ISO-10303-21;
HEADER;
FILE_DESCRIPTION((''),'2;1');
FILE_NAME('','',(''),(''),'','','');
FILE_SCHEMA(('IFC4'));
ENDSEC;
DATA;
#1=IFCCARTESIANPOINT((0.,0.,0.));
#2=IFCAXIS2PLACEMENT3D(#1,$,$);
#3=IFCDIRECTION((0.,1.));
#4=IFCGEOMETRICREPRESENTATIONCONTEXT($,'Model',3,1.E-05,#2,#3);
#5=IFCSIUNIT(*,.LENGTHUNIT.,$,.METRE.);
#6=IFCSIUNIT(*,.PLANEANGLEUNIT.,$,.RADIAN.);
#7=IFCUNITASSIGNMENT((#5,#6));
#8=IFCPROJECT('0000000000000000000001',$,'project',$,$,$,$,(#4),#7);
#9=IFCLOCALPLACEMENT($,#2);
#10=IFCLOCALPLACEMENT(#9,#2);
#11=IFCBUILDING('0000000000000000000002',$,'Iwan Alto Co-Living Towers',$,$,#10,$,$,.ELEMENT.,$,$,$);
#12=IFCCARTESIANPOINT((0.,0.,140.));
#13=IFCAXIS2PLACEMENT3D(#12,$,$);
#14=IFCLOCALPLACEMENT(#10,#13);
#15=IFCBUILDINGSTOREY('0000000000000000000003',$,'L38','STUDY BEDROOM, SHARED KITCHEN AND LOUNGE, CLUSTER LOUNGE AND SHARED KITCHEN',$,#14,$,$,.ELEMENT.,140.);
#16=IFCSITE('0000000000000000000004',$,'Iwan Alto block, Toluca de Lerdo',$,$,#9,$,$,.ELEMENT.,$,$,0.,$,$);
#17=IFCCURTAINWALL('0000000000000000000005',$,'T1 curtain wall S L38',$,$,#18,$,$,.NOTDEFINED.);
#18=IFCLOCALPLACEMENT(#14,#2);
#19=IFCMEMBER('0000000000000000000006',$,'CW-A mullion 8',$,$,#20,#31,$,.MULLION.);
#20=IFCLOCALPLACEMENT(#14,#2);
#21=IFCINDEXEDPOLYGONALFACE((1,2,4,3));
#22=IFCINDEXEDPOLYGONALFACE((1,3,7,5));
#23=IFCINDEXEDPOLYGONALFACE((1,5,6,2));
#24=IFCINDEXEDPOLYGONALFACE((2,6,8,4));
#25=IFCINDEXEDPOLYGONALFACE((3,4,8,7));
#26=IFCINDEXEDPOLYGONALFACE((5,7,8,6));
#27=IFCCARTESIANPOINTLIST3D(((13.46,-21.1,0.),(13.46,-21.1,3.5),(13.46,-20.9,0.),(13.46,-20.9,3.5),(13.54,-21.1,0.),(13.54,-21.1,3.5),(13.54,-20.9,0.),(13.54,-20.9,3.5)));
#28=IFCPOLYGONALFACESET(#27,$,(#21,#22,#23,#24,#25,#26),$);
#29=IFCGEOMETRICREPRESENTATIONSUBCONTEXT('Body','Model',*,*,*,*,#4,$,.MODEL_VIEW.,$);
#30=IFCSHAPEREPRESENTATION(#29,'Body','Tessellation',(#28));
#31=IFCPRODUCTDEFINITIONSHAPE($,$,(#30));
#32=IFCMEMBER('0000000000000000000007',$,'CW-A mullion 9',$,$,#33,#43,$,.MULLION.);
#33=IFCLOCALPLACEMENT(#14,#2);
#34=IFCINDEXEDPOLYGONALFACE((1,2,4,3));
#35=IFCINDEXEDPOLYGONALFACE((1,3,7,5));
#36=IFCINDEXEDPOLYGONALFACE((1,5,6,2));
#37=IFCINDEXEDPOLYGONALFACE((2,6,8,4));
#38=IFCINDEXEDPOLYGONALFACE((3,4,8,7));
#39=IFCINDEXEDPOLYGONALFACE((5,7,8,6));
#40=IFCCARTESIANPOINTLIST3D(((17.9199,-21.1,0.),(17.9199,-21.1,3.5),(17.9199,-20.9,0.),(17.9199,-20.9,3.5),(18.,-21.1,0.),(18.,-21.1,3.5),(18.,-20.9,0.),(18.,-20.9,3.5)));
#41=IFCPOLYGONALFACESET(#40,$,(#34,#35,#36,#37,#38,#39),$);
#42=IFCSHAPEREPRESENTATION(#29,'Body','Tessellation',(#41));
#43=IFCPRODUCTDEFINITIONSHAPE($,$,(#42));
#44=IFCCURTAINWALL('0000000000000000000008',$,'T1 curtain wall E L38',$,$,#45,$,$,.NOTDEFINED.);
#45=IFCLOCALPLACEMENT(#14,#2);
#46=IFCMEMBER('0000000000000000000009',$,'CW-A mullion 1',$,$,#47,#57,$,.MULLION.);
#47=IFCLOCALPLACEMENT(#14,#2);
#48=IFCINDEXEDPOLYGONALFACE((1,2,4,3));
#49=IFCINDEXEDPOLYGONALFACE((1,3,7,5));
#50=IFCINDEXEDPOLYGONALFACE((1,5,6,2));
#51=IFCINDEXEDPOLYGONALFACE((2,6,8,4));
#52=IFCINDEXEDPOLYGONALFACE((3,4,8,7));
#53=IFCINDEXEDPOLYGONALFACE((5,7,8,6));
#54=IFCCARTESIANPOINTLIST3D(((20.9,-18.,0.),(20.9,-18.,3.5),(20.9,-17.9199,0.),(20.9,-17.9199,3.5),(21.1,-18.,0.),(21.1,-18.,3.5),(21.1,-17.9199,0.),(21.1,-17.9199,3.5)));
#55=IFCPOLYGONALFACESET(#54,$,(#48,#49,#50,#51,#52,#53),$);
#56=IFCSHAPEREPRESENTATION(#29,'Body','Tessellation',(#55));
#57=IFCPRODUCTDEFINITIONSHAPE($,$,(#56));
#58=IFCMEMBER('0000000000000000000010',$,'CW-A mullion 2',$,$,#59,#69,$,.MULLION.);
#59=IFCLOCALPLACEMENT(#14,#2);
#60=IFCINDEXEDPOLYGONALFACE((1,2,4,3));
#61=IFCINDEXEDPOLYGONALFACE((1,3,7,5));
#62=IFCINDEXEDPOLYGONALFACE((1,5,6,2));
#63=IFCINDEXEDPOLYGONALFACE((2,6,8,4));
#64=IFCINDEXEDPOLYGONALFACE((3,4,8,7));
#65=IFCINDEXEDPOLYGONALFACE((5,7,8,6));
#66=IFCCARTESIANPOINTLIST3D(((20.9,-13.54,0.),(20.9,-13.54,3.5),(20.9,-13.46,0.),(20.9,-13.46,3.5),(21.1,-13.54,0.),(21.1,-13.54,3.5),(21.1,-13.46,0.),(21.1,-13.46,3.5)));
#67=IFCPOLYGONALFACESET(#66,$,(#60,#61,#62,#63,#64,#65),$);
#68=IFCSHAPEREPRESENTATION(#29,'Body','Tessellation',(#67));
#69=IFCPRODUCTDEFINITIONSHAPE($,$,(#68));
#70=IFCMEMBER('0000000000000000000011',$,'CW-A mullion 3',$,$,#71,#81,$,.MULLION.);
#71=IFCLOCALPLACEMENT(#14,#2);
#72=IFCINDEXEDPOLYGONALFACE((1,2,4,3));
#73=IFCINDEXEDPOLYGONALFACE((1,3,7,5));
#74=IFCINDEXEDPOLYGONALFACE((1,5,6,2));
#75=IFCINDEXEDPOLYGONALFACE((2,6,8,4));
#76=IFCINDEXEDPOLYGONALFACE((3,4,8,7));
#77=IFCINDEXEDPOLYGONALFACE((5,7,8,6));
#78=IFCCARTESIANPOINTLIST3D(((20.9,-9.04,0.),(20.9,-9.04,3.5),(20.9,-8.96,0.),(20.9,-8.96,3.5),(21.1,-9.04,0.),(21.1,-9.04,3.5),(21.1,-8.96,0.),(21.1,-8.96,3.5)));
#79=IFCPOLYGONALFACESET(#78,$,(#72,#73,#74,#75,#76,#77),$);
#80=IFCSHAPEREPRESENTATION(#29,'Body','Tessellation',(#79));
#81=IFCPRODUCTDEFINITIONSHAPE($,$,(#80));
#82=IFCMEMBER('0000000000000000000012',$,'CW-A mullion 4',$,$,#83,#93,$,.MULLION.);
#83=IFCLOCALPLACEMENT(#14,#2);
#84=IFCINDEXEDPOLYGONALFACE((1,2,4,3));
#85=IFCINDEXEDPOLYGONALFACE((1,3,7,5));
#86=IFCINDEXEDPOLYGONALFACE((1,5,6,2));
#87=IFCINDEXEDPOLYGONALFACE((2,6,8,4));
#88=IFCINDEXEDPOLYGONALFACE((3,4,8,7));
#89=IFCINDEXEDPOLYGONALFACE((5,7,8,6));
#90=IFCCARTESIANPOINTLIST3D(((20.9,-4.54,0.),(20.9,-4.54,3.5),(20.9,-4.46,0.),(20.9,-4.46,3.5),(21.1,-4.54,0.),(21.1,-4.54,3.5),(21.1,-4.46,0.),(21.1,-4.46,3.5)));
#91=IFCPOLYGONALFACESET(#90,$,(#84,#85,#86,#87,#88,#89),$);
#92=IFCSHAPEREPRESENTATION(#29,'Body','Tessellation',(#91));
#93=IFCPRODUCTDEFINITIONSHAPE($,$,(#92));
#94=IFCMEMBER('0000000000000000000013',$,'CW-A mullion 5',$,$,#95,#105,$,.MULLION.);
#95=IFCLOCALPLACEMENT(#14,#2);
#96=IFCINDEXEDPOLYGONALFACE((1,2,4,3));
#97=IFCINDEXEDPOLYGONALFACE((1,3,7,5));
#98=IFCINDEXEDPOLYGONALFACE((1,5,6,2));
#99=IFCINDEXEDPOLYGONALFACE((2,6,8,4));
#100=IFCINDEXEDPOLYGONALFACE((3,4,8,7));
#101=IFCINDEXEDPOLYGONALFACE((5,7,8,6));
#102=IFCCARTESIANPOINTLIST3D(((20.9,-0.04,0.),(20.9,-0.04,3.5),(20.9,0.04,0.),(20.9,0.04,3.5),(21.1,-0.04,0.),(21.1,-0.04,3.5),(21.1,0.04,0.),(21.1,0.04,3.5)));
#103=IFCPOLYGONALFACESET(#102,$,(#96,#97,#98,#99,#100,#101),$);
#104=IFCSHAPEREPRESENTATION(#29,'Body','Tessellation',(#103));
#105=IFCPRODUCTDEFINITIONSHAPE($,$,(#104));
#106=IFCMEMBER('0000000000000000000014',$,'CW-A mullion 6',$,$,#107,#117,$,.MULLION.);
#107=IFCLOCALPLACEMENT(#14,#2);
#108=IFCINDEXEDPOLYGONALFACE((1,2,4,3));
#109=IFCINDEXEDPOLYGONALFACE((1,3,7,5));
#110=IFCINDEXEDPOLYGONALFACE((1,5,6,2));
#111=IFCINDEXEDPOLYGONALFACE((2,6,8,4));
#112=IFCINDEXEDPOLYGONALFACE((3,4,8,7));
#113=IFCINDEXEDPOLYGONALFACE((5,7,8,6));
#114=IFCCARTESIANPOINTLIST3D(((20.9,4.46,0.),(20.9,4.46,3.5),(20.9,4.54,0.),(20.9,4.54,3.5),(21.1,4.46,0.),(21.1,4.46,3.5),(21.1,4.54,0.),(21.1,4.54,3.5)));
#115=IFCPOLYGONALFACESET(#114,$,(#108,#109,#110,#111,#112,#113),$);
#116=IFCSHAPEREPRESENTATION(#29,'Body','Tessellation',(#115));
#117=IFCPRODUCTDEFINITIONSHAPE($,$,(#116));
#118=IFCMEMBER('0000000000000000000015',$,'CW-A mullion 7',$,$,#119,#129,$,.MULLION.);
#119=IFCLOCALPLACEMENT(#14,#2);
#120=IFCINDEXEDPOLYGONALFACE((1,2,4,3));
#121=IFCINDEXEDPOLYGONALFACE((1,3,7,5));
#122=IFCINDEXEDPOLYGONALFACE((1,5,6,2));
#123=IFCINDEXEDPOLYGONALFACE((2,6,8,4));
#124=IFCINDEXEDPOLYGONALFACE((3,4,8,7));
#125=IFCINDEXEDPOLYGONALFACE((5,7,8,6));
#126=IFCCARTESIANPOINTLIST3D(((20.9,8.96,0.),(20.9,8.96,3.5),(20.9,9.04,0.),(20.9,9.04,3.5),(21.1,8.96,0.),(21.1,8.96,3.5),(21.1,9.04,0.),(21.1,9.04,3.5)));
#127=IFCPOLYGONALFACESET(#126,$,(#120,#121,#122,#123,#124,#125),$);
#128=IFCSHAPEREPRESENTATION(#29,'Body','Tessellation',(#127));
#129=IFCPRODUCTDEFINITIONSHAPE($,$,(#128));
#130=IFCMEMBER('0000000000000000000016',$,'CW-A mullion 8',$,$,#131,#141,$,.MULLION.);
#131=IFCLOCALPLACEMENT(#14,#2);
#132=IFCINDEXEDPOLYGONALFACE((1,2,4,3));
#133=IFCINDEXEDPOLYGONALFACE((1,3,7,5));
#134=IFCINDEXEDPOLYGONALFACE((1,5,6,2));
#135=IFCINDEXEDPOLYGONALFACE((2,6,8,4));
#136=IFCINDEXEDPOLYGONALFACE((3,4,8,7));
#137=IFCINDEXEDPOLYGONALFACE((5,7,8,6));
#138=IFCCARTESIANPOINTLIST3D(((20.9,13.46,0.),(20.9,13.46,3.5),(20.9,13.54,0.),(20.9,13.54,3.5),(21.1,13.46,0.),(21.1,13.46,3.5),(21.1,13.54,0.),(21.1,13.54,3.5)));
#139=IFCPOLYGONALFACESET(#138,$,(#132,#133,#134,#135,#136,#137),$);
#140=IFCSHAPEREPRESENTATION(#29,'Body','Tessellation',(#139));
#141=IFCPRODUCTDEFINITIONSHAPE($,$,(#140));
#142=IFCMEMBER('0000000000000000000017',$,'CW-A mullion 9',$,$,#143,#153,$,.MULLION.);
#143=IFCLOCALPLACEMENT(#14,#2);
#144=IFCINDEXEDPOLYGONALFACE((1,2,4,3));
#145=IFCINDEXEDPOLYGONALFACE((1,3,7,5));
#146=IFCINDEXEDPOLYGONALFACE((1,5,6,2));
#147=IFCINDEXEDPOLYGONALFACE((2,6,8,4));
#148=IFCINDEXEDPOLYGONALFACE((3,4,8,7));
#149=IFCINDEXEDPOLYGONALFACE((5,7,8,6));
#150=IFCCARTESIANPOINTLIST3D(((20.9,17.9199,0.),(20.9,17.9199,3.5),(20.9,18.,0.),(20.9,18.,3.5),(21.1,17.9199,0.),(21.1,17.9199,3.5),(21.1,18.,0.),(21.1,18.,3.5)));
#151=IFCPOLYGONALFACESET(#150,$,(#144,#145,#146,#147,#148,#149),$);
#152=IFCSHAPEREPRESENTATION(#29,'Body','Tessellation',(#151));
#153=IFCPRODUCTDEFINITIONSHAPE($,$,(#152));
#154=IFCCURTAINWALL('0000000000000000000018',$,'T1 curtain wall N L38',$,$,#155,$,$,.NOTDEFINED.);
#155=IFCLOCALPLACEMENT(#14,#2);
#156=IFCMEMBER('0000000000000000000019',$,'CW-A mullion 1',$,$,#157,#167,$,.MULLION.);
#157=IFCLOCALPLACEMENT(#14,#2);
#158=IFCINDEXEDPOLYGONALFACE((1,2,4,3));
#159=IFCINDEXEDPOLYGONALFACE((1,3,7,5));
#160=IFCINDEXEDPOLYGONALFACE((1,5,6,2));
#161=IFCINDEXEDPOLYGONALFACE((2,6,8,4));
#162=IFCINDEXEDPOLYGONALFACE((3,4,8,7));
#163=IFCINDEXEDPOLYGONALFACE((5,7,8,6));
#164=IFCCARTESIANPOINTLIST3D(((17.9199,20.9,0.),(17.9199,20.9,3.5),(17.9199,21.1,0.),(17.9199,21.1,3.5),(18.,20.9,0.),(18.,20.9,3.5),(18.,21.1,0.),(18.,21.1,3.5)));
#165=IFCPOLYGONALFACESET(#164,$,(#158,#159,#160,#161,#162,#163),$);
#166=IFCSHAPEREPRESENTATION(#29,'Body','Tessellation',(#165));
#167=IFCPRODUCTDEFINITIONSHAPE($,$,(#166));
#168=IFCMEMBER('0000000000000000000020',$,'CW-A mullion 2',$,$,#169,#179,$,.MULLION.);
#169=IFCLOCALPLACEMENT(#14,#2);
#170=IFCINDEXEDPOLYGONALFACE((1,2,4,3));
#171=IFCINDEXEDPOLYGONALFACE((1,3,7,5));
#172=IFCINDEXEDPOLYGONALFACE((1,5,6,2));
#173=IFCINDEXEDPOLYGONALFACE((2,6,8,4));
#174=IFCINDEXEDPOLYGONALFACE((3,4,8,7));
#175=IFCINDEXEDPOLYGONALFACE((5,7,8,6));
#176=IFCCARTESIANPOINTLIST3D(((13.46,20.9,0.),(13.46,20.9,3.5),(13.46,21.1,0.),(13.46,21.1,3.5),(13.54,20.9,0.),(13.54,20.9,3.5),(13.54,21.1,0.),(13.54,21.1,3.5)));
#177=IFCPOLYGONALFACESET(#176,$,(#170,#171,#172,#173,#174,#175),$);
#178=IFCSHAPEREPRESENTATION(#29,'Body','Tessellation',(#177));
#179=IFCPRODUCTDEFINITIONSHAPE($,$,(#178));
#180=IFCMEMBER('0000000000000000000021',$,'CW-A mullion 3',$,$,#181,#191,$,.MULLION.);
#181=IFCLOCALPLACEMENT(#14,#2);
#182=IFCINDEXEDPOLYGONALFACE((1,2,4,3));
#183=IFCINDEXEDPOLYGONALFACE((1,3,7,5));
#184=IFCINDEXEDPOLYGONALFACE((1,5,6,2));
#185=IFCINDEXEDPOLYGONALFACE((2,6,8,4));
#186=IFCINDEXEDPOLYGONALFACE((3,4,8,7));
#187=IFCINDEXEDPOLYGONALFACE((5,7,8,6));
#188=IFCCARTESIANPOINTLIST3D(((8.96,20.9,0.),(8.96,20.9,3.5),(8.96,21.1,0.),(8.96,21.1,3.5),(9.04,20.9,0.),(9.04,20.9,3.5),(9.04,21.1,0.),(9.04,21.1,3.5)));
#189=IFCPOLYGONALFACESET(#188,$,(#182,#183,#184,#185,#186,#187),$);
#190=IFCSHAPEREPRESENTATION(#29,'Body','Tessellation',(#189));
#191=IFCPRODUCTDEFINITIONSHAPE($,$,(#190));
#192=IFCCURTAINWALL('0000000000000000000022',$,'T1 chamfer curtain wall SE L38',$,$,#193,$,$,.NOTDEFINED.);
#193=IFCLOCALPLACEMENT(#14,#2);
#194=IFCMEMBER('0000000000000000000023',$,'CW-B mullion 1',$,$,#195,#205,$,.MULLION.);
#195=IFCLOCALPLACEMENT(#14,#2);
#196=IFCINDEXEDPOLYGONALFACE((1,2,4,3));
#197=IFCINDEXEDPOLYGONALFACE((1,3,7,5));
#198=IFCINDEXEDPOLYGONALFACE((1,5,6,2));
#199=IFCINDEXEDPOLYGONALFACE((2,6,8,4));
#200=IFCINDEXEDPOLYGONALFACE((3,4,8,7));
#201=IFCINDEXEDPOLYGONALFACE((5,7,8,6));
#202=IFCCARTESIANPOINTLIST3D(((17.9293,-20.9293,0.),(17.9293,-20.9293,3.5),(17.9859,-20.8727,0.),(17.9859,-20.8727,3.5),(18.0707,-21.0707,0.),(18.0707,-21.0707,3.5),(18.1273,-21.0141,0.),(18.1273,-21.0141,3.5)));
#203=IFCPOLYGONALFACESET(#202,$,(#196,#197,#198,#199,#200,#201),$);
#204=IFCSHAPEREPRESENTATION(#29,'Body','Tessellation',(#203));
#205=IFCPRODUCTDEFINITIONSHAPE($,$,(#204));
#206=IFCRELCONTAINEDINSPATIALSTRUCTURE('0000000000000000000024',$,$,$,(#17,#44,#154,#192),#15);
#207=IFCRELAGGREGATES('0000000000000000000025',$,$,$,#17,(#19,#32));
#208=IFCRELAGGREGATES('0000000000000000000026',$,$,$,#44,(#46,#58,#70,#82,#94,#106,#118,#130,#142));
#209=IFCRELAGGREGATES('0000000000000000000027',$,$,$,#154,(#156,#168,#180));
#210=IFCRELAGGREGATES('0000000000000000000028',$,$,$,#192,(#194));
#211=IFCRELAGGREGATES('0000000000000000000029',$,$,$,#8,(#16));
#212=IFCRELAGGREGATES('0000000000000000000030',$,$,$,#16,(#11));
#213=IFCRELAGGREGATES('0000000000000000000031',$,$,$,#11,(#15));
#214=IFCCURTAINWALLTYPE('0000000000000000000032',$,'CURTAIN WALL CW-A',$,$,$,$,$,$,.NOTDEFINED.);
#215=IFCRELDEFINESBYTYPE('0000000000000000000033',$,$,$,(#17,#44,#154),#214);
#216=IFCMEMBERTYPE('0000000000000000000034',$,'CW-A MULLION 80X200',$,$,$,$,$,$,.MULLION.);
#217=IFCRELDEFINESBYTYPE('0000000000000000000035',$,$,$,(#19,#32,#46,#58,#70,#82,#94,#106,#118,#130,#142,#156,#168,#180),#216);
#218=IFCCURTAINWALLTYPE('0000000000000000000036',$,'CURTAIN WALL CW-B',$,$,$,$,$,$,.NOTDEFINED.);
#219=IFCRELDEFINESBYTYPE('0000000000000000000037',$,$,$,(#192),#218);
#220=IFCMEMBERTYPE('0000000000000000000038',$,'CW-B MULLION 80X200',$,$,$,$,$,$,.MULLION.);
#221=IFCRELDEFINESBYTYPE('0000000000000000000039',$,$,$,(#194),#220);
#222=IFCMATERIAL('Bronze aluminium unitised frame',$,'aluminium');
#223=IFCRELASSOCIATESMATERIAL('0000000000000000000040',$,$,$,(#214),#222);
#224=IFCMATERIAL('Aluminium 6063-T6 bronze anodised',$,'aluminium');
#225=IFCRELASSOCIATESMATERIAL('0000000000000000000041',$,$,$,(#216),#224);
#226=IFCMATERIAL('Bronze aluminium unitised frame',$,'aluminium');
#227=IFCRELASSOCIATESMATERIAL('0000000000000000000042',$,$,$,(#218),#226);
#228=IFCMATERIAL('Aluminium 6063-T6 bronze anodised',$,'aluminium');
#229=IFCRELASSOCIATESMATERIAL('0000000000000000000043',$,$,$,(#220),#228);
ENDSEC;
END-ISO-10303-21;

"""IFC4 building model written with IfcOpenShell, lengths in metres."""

from ifc_helpers import new_model, si_unit, direction, frame, origin, origin_2d, place, context, subcontext, project, spatial, rectangle, extrude, material, material_profile, profile_set, type_object, element, aggregate, save


model = new_model("IFC4")

# Units and contexts
model_context = context("Model", 3, precision=1e-05, world=origin(), true_north=direction((0.0, 1.0)))
body_context = subcontext(model_context, "Body", "Model", "MODEL_VIEW")
ifc_project = project(units=[si_unit("LENGTHUNIT", "METRE"), si_unit("PLANEANGLEUNIT", "RADIAN")], contexts=[model_context])

# Site, building, storey
site_placement = place(None, origin())
site = spatial("IfcSite", under=ifc_project, at=site_placement, Name="Iwan Alto block, Toluca de Lerdo", CompositionType="ELEMENT", RefElevation=0.0)
building_placement = place(site_placement, origin())
building = spatial("IfcBuilding", under=site, at=building_placement, Name="Iwan Alto Co-Living Towers", CompositionType="ELEMENT")
storey_placement = place(building_placement, frame((0.0, 0.0, 140.0)))
storey = spatial("IfcBuildingStorey", under=building, at=storey_placement, Name="L38", Description="STUDY BEDROOM, SHARED KITCHEN AND LOUNGE, CLUSTER LOUNGE AND SHARED KITCHEN", CompositionType="ELEMENT", Elevation=140.0)

# Curtain walls, members
ifc_material_1 = material(Name="Bronze aluminium unitised frame", Category="aluminium")
curtain_wall_type_1 = type_object("IfcCurtainWallType", Name="CURTAIN WALL CW-A", PredefinedType="NOTDEFINED", material=ifc_material_1)
curtain_wall_1_placement = place(storey_placement, origin())
curtain_wall_1 = element("IfcCurtainWall", 1, at=curtain_wall_1_placement, inside=storey, type_object=curtain_wall_type_1, Name="T1 curtain wall S L38", PredefinedType="NOTDEFINED")
ifc_material_2 = material(Name="Aluminium 6063-T6 bronze anodised", Category="aluminium")
ifc_material_profile_1 = material_profile(ifc_material_2, rectangle(XDim=0.2, YDim=0.0801, at=origin_2d()), Name="AL 80X200")
ifc_profile_set_1 = profile_set([ifc_material_profile_1], Name="Aluminium 6063-T6 bronze anodised")
member_type_1 = type_object("IfcMemberType", Name="CW-A MULLION 80X200", PredefinedType="MULLION", material=ifc_profile_set_1)
member_1_placement = place(storey_placement, frame((13.5, -21.0, 0.0), z_axis=(0.0, 0.0, 1.0), x_axis=(0.0, 1.0, 0.0)))
member_1 = element("IfcMember", 2, at=member_1_placement, type_object=member_type_1, Name="CW-A mullion 8", PredefinedType="MULLION", context=body_context, shape_type="SweptSolid", body=[
    extrude(rectangle(XDim=0.2, YDim=0.0801, at=origin_2d()), origin(), (0.0, 0.0, 1.0), 3.5),
])
member_2_placement = place(storey_placement, frame((17.96, -21.0, 0.0), z_axis=(0.0, 0.0, 1.0), x_axis=(0.0, 1.0, 0.0)))
member_2 = element("IfcMember", 3, at=member_2_placement, type_object=member_type_1, Name="CW-A mullion 9", PredefinedType="MULLION", context=body_context, shape_type="SweptSolid", body=[
    extrude(rectangle(XDim=0.2, YDim=0.0801, at=origin_2d()), origin(), (0.0, 0.0, 1.0), 3.5),
])
aggregate(curtain_wall_1, [member_1, member_2])
curtain_wall_2_placement = place(storey_placement, origin())
curtain_wall_2 = element("IfcCurtainWall", 4, at=curtain_wall_2_placement, inside=storey, type_object=curtain_wall_type_1, Name="T1 curtain wall E L38", PredefinedType="NOTDEFINED")
member_3_placement = place(storey_placement, frame((21.0, -17.96, 0.0), z_axis=(0.0, 0.0, 1.0), x_axis=(-1.0, 0.0, 0.0)))
member_3 = element("IfcMember", 5, at=member_3_placement, type_object=member_type_1, Name="CW-A mullion 1", PredefinedType="MULLION", context=body_context, shape_type="SweptSolid", body=[
    extrude(rectangle(XDim=0.2, YDim=0.0801, at=origin_2d()), origin(), (0.0, 0.0, 1.0), 3.5),
])
member_4_placement = place(storey_placement, frame((21.0, -13.5, 0.0), z_axis=(0.0, 0.0, 1.0), x_axis=(-1.0, 0.0, 0.0)))
member_4 = element("IfcMember", 6, at=member_4_placement, type_object=member_type_1, Name="CW-A mullion 2", PredefinedType="MULLION", context=body_context, shape_type="SweptSolid", body=[
    extrude(rectangle(XDim=0.2, YDim=0.0801, at=origin_2d()), origin(), (0.0, 0.0, 1.0), 3.5),
])
member_5_placement = place(storey_placement, frame((21.0, -9.0, 0.0), z_axis=(0.0, 0.0, 1.0), x_axis=(-1.0, 0.0, 0.0)))
member_5 = element("IfcMember", 7, at=member_5_placement, type_object=member_type_1, Name="CW-A mullion 3", PredefinedType="MULLION", context=body_context, shape_type="SweptSolid", body=[
    extrude(rectangle(XDim=0.2, YDim=0.0801, at=origin_2d()), origin(), (0.0, 0.0, 1.0), 3.5),
])
member_6_placement = place(storey_placement, frame((21.0, -4.5, 0.0), z_axis=(0.0, 0.0, 1.0), x_axis=(-1.0, 0.0, 0.0)))
member_6 = element("IfcMember", 8, at=member_6_placement, type_object=member_type_1, Name="CW-A mullion 4", PredefinedType="MULLION", context=body_context, shape_type="SweptSolid", body=[
    extrude(rectangle(XDim=0.2, YDim=0.0801, at=origin_2d()), origin(), (0.0, 0.0, 1.0), 3.5),
])
member_7_placement = place(storey_placement, frame((21.0, 0.0, 0.0), z_axis=(0.0, 0.0, 1.0), x_axis=(-1.0, 0.0, 0.0)))
member_7 = element("IfcMember", 9, at=member_7_placement, type_object=member_type_1, Name="CW-A mullion 5", PredefinedType="MULLION", context=body_context, shape_type="SweptSolid", body=[
    extrude(rectangle(XDim=0.2, YDim=0.0801, at=origin_2d()), origin(), (0.0, 0.0, 1.0), 3.5),
])
member_8_placement = place(storey_placement, frame((21.0, 4.5, 0.0), z_axis=(0.0, 0.0, 1.0), x_axis=(-1.0, 0.0, 0.0)))
member_8 = element("IfcMember", 10, at=member_8_placement, type_object=member_type_1, Name="CW-A mullion 6", PredefinedType="MULLION", context=body_context, shape_type="SweptSolid", body=[
    extrude(rectangle(XDim=0.2, YDim=0.0801, at=origin_2d()), origin(), (0.0, 0.0, 1.0), 3.5),
])
member_9_placement = place(storey_placement, frame((21.0, 9.0, 0.0), z_axis=(0.0, 0.0, 1.0), x_axis=(-1.0, 0.0, 0.0)))
member_9 = element("IfcMember", 11, at=member_9_placement, type_object=member_type_1, Name="CW-A mullion 7", PredefinedType="MULLION", context=body_context, shape_type="SweptSolid", body=[
    extrude(rectangle(XDim=0.2, YDim=0.0801, at=origin_2d()), origin(), (0.0, 0.0, 1.0), 3.5),
])
member_10_placement = place(storey_placement, frame((21.0, 13.5, 0.0), z_axis=(0.0, 0.0, 1.0), x_axis=(-1.0, 0.0, 0.0)))
member_10 = element("IfcMember", 12, at=member_10_placement, type_object=member_type_1, Name="CW-A mullion 8", PredefinedType="MULLION", context=body_context, shape_type="SweptSolid", body=[
    extrude(rectangle(XDim=0.2, YDim=0.0801, at=origin_2d()), origin(), (0.0, 0.0, 1.0), 3.5),
])
member_11_placement = place(storey_placement, frame((21.0, 17.96, 0.0), z_axis=(0.0, 0.0, 1.0), x_axis=(-1.0, 0.0, 0.0)))
member_11 = element("IfcMember", 13, at=member_11_placement, type_object=member_type_1, Name="CW-A mullion 9", PredefinedType="MULLION", context=body_context, shape_type="SweptSolid", body=[
    extrude(rectangle(XDim=0.2, YDim=0.0801, at=origin_2d()), origin(), (0.0, 0.0, 1.0), 3.5),
])
aggregate(curtain_wall_2, [member_3, member_4, member_5, member_6, member_7, member_8, member_9, member_10, member_11])
curtain_wall_3_placement = place(storey_placement, origin())
curtain_wall_3 = element("IfcCurtainWall", 14, at=curtain_wall_3_placement, inside=storey, type_object=curtain_wall_type_1, Name="T1 curtain wall N L38", PredefinedType="NOTDEFINED")
member_12_placement = place(storey_placement, frame((17.96, 21.0, 0.0), z_axis=(0.0, 0.0, 1.0), x_axis=(0.0, -1.0, 0.0)))
member_12 = element("IfcMember", 15, at=member_12_placement, type_object=member_type_1, Name="CW-A mullion 1", PredefinedType="MULLION", context=body_context, shape_type="SweptSolid", body=[
    extrude(rectangle(XDim=0.2, YDim=0.0801, at=origin_2d()), origin(), (0.0, 0.0, 1.0), 3.5),
])
member_13_placement = place(storey_placement, frame((13.5, 21.0, 0.0), z_axis=(0.0, 0.0, 1.0), x_axis=(0.0, -1.0, 0.0)))
member_13 = element("IfcMember", 16, at=member_13_placement, type_object=member_type_1, Name="CW-A mullion 2", PredefinedType="MULLION", context=body_context, shape_type="SweptSolid", body=[
    extrude(rectangle(XDim=0.2, YDim=0.0801, at=origin_2d()), origin(), (0.0, 0.0, 1.0), 3.5),
])
member_14_placement = place(storey_placement, frame((9.0, 21.0, 0.0), z_axis=(0.0, 0.0, 1.0), x_axis=(0.0, -1.0, 0.0)))
member_14 = element("IfcMember", 17, at=member_14_placement, type_object=member_type_1, Name="CW-A mullion 3", PredefinedType="MULLION", context=body_context, shape_type="SweptSolid", body=[
    extrude(rectangle(XDim=0.2, YDim=0.0801, at=origin_2d()), origin(), (0.0, 0.0, 1.0), 3.5),
])
aggregate(curtain_wall_3, [member_12, member_13, member_14])
ifc_material_3 = material(Name="Bronze aluminium unitised frame", Category="aluminium")
curtain_wall_type_2 = type_object("IfcCurtainWallType", Name="CURTAIN WALL CW-B", PredefinedType="NOTDEFINED", material=ifc_material_3)
curtain_wall_4_placement = place(storey_placement, origin())
curtain_wall_4 = element("IfcCurtainWall", 18, at=curtain_wall_4_placement, inside=storey, type_object=curtain_wall_type_2, Name="T1 chamfer curtain wall SE L38", PredefinedType="NOTDEFINED")
ifc_material_4 = material(Name="Aluminium 6063-T6 bronze anodised", Category="aluminium")
ifc_material_profile_2 = material_profile(ifc_material_4, rectangle(XDim=0.2, YDim=0.0801, at=origin_2d()), Name="AL 80X200")
ifc_profile_set_2 = profile_set([ifc_material_profile_2], Name="Aluminium 6063-T6 bronze anodised")
member_type_2 = type_object("IfcMemberType", Name="CW-B MULLION 80X200", PredefinedType="MULLION", material=ifc_profile_set_2)
member_15_placement = place(storey_placement, frame((18.0283, -20.9717, 0.0), z_axis=(0.0, 0.0, 1.0), x_axis=(-0.707107, 0.707107, 0.0)))
member_15 = element("IfcMember", 19, at=member_15_placement, type_object=member_type_2, Name="CW-B mullion 1", PredefinedType="MULLION", context=body_context, shape_type="SweptSolid", body=[
    extrude(rectangle(XDim=0.2, YDim=0.0801, at=origin_2d()), origin(), (0.0, 0.0, 1.0), 3.5),
])
aggregate(curtain_wall_4, [member_15])

save(model, "model.ifc")
